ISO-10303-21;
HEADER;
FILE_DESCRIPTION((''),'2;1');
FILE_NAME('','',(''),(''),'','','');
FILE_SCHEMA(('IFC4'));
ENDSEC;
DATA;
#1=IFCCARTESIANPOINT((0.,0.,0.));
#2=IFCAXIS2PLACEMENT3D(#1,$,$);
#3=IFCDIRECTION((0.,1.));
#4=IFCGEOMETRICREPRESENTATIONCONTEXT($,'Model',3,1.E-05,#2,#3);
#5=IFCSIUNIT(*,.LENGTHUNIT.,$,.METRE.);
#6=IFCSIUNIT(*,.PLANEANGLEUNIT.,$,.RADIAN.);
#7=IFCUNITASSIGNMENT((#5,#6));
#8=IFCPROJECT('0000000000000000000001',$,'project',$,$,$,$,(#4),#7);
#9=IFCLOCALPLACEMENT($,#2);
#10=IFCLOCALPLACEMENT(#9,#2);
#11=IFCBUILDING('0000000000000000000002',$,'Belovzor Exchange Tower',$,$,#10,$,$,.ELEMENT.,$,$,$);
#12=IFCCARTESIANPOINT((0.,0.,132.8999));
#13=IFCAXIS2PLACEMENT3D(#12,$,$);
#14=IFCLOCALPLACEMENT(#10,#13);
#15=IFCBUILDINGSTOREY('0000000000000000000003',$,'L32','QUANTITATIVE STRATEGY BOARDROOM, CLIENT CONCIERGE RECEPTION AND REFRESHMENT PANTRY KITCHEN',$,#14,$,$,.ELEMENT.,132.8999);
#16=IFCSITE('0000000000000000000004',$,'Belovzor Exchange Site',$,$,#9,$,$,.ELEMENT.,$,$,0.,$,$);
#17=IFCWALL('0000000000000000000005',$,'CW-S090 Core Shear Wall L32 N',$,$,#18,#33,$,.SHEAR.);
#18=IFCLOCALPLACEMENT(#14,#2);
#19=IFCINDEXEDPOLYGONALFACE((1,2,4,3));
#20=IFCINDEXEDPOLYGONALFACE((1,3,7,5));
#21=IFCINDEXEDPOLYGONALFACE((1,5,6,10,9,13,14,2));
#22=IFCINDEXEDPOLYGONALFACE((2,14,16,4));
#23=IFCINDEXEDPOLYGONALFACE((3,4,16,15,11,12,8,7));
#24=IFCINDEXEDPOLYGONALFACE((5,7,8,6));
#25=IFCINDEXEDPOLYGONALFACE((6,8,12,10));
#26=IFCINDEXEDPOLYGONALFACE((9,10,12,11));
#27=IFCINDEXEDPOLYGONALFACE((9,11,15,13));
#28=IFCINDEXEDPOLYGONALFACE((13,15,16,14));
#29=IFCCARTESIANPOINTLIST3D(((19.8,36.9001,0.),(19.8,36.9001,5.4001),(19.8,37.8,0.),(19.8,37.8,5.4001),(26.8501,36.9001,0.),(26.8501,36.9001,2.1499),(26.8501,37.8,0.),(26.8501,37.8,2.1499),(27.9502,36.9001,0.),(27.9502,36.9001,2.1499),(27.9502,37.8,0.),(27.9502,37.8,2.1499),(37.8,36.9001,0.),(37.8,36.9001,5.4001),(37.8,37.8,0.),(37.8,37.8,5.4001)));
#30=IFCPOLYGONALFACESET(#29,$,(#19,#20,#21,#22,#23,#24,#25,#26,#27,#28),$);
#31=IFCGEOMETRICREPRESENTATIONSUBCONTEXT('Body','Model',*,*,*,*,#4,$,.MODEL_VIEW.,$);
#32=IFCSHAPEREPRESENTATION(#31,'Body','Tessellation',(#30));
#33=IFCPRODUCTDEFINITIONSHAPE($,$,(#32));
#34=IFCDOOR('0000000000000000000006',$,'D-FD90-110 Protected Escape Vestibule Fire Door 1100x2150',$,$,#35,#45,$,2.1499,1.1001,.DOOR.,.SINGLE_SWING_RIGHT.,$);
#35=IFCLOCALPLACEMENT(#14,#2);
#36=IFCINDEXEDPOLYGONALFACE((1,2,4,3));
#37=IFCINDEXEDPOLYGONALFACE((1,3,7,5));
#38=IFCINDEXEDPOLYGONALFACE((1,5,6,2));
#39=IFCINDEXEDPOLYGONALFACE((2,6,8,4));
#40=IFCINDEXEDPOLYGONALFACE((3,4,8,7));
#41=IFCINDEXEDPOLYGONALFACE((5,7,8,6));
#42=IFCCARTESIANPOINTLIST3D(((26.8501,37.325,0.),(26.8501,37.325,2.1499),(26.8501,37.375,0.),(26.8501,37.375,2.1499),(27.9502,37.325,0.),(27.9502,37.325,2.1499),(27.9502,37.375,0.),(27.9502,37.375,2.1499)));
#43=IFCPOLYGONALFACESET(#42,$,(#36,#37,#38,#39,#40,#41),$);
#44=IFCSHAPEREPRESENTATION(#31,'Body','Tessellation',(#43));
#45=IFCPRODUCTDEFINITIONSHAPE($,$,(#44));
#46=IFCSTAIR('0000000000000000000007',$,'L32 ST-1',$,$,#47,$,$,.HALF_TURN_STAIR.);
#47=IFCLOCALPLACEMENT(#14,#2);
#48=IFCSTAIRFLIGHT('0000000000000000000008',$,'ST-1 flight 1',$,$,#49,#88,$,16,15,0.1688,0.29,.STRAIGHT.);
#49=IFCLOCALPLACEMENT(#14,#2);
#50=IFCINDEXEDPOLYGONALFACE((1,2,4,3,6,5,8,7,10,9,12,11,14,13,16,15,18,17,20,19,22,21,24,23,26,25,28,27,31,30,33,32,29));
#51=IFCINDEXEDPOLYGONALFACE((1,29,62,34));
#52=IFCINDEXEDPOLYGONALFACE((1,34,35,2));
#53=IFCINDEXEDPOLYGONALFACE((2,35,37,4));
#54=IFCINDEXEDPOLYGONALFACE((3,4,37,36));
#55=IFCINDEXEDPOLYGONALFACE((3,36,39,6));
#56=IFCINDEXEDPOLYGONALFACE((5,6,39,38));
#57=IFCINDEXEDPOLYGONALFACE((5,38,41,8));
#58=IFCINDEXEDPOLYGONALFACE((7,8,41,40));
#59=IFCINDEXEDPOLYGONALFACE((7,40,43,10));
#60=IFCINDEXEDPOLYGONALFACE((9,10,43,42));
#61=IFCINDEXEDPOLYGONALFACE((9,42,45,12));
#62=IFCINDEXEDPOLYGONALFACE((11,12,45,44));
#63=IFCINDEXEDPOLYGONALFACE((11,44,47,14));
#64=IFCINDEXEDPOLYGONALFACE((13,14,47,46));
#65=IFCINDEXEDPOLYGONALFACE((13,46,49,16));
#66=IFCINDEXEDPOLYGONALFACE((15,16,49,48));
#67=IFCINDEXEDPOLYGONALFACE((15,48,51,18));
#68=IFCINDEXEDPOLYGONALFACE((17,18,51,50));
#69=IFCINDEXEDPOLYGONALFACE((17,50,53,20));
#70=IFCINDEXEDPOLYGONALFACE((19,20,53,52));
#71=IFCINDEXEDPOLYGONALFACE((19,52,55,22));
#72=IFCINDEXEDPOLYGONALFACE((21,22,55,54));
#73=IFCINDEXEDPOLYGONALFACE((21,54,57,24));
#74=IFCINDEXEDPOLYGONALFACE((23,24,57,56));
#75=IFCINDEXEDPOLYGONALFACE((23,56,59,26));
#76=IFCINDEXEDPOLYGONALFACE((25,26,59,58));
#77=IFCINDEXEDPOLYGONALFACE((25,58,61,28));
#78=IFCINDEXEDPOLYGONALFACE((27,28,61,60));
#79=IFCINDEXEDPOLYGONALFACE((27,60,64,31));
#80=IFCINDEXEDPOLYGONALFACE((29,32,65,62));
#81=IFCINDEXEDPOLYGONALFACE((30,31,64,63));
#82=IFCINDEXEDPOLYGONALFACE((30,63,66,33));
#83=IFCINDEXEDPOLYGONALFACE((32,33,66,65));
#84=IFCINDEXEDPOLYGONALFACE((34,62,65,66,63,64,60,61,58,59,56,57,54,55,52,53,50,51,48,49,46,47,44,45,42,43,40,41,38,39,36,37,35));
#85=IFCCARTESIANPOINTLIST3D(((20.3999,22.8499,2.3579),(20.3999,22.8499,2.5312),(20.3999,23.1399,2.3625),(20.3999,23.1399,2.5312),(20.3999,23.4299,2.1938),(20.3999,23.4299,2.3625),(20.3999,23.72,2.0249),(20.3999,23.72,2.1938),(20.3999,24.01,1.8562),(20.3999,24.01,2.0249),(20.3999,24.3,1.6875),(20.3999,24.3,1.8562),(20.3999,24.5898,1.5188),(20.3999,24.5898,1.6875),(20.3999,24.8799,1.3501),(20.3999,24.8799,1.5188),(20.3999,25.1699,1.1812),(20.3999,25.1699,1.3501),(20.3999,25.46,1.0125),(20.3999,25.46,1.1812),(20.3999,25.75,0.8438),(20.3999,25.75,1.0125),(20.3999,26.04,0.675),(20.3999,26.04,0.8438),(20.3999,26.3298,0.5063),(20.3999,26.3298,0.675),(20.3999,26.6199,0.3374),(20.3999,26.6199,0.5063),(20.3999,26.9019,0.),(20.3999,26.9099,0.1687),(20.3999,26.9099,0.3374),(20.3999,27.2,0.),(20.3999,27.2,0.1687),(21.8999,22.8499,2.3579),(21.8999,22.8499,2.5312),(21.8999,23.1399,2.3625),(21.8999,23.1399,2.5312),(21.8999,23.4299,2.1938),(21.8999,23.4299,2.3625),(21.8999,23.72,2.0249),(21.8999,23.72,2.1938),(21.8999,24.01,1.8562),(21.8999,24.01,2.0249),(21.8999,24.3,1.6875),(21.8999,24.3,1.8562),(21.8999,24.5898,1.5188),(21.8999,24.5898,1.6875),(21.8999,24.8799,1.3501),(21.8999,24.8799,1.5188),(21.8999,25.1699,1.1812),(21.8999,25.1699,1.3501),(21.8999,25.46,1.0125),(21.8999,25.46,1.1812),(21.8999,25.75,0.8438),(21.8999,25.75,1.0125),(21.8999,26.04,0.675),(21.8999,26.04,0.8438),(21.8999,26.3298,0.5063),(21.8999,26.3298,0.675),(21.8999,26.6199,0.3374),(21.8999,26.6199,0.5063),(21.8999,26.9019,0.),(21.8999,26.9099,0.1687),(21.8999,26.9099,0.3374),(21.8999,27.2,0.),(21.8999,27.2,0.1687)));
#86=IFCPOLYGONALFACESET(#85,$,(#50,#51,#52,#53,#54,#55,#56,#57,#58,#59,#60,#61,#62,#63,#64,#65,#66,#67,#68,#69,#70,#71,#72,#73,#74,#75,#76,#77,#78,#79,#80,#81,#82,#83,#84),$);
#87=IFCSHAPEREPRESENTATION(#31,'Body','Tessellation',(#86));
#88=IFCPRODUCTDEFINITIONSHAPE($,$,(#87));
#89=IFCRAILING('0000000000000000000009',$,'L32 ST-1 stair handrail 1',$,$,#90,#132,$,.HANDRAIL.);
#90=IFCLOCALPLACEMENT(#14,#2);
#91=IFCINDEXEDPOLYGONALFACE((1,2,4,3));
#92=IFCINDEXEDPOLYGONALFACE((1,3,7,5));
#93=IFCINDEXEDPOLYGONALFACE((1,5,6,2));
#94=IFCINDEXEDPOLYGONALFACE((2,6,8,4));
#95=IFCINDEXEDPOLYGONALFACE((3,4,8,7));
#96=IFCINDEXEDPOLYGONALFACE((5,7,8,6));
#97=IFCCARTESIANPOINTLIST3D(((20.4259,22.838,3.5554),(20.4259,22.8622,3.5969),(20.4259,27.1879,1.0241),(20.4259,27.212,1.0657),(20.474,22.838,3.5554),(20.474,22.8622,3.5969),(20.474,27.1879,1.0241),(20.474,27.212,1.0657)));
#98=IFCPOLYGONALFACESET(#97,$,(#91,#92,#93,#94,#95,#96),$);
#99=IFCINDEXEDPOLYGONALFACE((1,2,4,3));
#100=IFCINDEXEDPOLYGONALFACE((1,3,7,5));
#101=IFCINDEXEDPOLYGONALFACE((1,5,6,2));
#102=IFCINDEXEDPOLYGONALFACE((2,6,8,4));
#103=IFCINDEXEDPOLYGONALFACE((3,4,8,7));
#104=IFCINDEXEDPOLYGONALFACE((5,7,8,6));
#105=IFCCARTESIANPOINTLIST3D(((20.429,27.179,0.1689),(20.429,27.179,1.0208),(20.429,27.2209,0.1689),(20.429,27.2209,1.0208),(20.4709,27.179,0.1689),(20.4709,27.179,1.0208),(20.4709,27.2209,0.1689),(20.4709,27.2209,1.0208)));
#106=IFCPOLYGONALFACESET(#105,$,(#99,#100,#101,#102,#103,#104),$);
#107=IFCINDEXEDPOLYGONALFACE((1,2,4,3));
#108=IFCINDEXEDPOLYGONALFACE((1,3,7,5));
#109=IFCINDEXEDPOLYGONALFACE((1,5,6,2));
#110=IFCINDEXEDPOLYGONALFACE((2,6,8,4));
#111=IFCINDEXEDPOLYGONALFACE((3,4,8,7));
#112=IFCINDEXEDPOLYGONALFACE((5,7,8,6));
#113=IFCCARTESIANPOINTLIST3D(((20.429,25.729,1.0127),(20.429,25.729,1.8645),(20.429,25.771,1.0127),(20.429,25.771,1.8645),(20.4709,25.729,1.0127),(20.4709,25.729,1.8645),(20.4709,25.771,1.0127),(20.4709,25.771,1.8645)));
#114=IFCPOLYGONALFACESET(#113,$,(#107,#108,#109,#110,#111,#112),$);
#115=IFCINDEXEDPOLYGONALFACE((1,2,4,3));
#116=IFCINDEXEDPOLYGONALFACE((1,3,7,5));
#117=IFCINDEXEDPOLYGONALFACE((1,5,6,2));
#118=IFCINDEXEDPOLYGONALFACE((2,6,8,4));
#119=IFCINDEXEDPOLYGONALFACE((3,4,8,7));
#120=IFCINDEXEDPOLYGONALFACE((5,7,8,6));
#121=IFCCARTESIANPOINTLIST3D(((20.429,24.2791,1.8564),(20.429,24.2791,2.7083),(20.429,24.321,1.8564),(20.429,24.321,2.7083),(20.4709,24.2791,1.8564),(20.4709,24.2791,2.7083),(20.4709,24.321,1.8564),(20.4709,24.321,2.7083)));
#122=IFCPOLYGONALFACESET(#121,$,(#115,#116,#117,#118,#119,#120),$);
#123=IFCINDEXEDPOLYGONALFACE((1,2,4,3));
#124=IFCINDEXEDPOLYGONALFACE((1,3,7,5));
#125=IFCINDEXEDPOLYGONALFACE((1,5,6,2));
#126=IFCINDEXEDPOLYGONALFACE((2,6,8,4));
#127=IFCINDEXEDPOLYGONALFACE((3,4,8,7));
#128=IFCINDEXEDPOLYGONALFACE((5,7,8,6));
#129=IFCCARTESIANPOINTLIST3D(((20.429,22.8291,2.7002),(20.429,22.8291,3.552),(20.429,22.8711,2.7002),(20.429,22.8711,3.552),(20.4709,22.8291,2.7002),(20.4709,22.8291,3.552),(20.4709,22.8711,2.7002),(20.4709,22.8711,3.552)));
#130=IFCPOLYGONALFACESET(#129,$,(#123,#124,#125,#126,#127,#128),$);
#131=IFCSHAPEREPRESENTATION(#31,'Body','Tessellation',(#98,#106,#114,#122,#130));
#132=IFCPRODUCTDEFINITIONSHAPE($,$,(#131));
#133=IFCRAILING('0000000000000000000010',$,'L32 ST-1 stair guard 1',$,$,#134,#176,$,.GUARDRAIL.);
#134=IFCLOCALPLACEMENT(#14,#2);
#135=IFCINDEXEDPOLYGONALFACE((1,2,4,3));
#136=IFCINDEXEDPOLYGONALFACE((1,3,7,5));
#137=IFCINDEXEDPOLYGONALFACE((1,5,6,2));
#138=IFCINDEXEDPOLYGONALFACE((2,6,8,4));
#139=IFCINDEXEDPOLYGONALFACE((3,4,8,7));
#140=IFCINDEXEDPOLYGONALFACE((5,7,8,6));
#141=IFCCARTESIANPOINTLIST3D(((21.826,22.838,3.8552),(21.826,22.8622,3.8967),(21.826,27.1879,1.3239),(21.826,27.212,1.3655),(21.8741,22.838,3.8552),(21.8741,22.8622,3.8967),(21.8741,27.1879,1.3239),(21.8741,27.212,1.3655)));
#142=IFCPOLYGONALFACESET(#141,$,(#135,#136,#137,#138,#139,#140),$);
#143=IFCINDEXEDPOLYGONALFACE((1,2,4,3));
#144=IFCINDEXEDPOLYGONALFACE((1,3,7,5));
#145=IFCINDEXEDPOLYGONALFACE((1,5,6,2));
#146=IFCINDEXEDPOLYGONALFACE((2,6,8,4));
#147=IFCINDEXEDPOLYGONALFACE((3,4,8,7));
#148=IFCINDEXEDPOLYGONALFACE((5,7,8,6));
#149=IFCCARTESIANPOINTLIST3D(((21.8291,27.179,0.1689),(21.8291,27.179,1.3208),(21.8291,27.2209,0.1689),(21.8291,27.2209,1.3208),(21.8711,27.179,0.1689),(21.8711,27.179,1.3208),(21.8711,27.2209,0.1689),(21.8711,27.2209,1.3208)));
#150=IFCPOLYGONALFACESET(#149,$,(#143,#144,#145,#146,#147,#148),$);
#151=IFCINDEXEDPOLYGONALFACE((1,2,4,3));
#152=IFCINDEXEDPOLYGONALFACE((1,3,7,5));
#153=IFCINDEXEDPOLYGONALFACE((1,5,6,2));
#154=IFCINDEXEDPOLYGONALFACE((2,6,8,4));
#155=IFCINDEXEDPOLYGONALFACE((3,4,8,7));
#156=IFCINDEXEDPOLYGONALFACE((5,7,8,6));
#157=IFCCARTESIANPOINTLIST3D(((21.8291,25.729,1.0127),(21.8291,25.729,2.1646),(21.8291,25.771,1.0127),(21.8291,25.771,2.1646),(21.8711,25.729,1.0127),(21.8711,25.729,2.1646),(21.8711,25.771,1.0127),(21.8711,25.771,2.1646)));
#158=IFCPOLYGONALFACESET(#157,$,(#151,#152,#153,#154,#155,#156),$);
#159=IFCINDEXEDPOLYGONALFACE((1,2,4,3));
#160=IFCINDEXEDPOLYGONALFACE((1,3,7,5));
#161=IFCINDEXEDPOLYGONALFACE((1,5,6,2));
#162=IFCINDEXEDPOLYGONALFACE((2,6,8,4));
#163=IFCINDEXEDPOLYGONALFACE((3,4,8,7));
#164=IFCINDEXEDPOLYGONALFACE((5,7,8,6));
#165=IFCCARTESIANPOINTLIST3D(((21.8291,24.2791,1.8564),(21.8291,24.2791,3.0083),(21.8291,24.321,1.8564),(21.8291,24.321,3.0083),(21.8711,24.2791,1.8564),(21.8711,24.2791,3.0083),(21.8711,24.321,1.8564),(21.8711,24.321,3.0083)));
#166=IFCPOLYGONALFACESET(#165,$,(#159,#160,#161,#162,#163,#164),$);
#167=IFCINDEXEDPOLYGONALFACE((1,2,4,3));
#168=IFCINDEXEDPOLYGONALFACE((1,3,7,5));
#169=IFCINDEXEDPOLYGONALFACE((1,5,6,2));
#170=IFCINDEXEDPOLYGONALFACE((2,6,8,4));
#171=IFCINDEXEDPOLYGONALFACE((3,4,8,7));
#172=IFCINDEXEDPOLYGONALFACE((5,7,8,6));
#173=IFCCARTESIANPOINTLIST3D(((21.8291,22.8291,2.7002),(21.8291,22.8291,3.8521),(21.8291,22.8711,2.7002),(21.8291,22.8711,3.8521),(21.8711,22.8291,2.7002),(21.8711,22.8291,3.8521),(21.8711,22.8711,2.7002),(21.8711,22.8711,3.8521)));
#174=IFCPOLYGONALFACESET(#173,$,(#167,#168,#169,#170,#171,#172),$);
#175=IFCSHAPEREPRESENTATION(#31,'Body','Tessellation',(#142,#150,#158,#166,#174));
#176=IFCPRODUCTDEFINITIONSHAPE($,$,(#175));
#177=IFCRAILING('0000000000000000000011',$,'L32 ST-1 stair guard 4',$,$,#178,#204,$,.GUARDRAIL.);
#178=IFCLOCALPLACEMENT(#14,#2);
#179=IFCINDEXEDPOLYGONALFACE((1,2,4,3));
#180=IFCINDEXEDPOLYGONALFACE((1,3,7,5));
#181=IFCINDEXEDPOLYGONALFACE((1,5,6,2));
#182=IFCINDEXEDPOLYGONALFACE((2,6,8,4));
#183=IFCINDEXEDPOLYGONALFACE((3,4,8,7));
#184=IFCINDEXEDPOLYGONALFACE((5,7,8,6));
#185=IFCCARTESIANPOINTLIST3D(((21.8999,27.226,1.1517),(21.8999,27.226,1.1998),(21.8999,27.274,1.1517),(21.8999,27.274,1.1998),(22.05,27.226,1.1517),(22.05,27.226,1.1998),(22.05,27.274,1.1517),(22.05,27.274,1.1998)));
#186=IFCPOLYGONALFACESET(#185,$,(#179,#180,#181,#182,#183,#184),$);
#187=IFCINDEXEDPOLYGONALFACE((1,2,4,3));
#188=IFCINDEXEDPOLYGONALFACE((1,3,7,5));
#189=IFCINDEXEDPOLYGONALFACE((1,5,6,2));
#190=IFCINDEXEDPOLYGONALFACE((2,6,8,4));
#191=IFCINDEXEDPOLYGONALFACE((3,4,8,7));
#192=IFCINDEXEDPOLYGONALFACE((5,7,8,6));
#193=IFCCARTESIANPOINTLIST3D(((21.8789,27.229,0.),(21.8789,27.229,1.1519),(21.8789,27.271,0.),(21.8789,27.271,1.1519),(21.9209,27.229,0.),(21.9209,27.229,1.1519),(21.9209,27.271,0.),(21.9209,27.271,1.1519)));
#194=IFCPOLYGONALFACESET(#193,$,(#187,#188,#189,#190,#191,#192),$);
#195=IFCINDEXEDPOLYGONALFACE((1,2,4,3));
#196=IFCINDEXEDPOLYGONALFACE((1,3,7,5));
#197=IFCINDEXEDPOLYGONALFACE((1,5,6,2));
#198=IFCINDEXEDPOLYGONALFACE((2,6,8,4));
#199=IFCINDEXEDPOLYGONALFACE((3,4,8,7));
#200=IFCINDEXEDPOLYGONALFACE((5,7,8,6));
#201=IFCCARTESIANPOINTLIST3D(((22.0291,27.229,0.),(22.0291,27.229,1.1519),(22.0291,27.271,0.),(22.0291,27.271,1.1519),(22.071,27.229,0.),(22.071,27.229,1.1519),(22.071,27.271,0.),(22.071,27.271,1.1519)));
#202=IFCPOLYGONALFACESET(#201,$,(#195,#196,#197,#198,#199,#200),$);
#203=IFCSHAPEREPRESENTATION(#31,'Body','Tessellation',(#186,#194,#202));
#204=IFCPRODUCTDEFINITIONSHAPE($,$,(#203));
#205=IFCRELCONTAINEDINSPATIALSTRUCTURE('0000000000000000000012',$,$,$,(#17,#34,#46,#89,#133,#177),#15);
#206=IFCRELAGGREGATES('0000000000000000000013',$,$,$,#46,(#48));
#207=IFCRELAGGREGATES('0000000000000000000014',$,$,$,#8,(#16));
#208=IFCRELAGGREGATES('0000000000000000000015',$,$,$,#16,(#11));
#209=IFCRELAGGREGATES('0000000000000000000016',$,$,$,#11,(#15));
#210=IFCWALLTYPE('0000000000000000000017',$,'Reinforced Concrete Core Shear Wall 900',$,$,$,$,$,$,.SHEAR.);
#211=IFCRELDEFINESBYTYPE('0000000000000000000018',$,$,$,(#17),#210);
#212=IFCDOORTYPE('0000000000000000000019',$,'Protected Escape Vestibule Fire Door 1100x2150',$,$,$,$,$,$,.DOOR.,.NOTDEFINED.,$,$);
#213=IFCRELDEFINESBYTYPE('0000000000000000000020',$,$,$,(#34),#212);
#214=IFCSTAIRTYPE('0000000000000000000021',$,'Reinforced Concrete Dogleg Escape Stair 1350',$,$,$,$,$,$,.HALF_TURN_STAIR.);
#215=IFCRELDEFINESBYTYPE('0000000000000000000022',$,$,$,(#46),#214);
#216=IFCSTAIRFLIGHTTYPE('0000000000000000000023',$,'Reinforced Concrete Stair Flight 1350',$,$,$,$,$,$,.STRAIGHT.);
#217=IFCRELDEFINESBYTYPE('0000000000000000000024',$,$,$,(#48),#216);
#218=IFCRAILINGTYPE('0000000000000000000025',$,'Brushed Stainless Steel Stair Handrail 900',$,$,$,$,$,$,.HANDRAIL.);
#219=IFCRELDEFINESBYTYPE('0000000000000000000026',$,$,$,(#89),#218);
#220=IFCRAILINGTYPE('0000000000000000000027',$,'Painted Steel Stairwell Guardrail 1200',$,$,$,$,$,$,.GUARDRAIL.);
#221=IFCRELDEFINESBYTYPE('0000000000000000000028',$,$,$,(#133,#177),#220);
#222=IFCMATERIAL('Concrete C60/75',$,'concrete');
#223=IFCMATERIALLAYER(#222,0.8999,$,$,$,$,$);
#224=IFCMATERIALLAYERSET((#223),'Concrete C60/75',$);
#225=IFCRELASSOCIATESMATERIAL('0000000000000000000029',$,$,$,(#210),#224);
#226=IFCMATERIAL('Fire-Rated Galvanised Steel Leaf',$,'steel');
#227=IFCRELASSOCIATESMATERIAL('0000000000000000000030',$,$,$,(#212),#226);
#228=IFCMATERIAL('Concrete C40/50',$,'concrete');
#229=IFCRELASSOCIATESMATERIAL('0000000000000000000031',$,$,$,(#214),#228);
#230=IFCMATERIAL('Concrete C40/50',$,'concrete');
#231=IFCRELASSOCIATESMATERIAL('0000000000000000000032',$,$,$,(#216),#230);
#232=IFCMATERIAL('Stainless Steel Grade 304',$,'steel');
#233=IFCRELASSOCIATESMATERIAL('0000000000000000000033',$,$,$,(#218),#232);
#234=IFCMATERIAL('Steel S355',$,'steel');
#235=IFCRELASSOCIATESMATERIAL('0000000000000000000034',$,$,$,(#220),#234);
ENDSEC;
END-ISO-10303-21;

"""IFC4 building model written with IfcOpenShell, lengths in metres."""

from ifc_helpers import new_model, si_unit, direction, frame, frame_2d, origin, origin_2d, place, context, subcontext, project, spatial, polyline, rectangle, outline, extrude, material, layer, layer_set, type_object, element, fill, aggregate, save


model = new_model("IFC4")

# Units and contexts
model_context = context("Model", 3, precision=1e-05, world=origin(), true_north=direction((0.0, 1.0)))
body_context = subcontext(model_context, "Body", "Model", "MODEL_VIEW")
ifc_project = project(units=[si_unit("LENGTHUNIT", "METRE"), si_unit("PLANEANGLEUNIT", "RADIAN")], contexts=[model_context])

# Site, building, storey
site_placement = place(None, origin())
site = spatial("IfcSite", under=ifc_project, at=site_placement, Name="Belovzor Exchange Site", CompositionType="ELEMENT", RefElevation=0.0)
building_placement = place(site_placement, origin())
building = spatial("IfcBuilding", under=site, at=building_placement, Name="Belovzor Exchange Tower", CompositionType="ELEMENT")
storey_placement = place(building_placement, frame((0.0, 0.0, 132.8999)))
storey = spatial("IfcBuildingStorey", under=building, at=storey_placement, Name="L32", Description="QUANTITATIVE STRATEGY BOARDROOM, CLIENT CONCIERGE RECEPTION AND REFRESHMENT PANTRY KITCHEN", CompositionType="ELEMENT", Elevation=132.8999)

# Wall, opening, door
ifc_material_1 = material(Name="Concrete C60/75", Category="concrete")
ifc_layer_1 = layer(ifc_material_1, 0.8999)
ifc_layer_set_1 = layer_set([ifc_layer_1], Name="Concrete C60/75")
wall_type_1 = type_object("IfcWallType", Name="Reinforced Concrete Core Shear Wall 900", PredefinedType="SHEAR", material=ifc_layer_set_1)
wall_1_placement = place(storey_placement, frame((19.8, 37.3501, 0.0), z_axis=(0.0, 0.0, 1.0), x_axis=(1.0, 0.0, 0.0)))
wall_1 = element("IfcWall", 1, at=wall_1_placement, inside=storey, type_object=wall_type_1, Name="CW-S090 Core Shear Wall L32 N", PredefinedType="SHEAR", context=body_context, shape_type="SweptSolid", body=[
    extrude(rectangle(XDim=18.0, YDim=0.8999, at=frame_2d((9.0, 0.0))), origin(), (0.0, 0.0, 1.0), 5.4001),
])
opening_1_placement = place(wall_1_placement, frame((7.05, 0.0, 0.0)))
opening_1 = element("IfcOpeningElement", 2, at=opening_1_placement, cuts=wall_1, PredefinedType="OPENING", context=body_context, shape_type="SweptSolid", body=[
    extrude(rectangle(XDim=1.1001, YDim=2.1499, at=frame_2d((0.55, 1.075))), frame((0.0, 0.46, 0.0), z_axis=(0.0, -1.0, 0.0), x_axis=(1.0, 0.0, 0.0)), (0.0, 0.0, 1.0), 0.9199),
])
ifc_material_2 = material(Name="Fire-Rated Galvanised Steel Leaf", Category="steel")
door_type_1 = type_object("IfcDoorType", Name="Protected Escape Vestibule Fire Door 1100x2150", OperationType="NOTDEFINED", PredefinedType="DOOR", material=ifc_material_2)
door_1_placement = place(opening_1_placement, origin())
door_1 = element("IfcDoor", 3, at=door_1_placement, inside=storey, type_object=door_type_1, Name="D-FD90-110 Protected Escape Vestibule Fire Door 1100x2150", OperationType="SINGLE_SWING_RIGHT", OverallHeight=2.1499, OverallWidth=1.1001, PredefinedType="DOOR", context=body_context, shape_type="SweptSolid", body=[
    extrude(rectangle(XDim=1.1001, YDim=2.1499, at=frame_2d((0.55, 1.075))), frame((0.0, 0.0249, 0.0), z_axis=(0.0, -1.0, 0.0), x_axis=(1.0, 0.0, 0.0)), (0.0, 0.0, 1.0), 0.05),
])
fill(opening_1, door_1)

# Stair, stair flight
ifc_material_3 = material(Name="Concrete C40/50", Category="concrete")
stair_type = type_object("IfcStairType", Name="Reinforced Concrete Dogleg Escape Stair 1350", PredefinedType="HALF_TURN_STAIR", material=ifc_material_3)
stair_placement = place(storey_placement, origin())
stair = element("IfcStair", 4, at=stair_placement, inside=storey, type_object=stair_type, Name="L32 ST-1", PredefinedType="HALF_TURN_STAIR")
ifc_material_4 = material(Name="Concrete C40/50", Category="concrete")
stair_flight_type = type_object("IfcStairFlightType", Name="Reinforced Concrete Stair Flight 1350", PredefinedType="STRAIGHT", material=ifc_material_4)
stair_flight_placement = place(storey_placement, frame((21.1499, 27.2, 0.0), z_axis=(0.0, 0.0, 1.0), x_axis=(0.0, -1.0, 0.0)))
stair_flight = element("IfcStairFlight", 5, at=stair_flight_placement, type_object=stair_flight_type, Name="ST-1 flight 1", NumberOfRisers=16, NumberOfTreads=15, PredefinedType="STRAIGHT", RiserHeight=0.1688, TreadLength=0.29, context=body_context, shape_type="SweptSolid", body=[
    extrude(outline(polyline([(0.0, 0.0), (0.0, 0.1687), (0.29, 0.1687), (0.29, 0.3374), (0.5801, 0.3374), (0.5801, 0.5063), (0.8701, 0.5063), (0.8701, 0.675), (1.1599, 0.675), (1.1599, 0.8438), (1.45, 0.8438), (1.45, 1.0125), (1.74, 1.0125), (1.74, 1.1812), (2.03, 1.1812), (2.03, 1.3501), (2.3201, 1.3501), (2.3201, 1.5188), (2.6101, 1.5188), (2.6101, 1.6875), (2.8999, 1.6875), (2.8999, 1.8562), (3.1899, 1.8562), (3.1899, 2.0249), (3.48, 2.0249), (3.48, 2.1938), (3.77, 2.1938), (3.77, 2.3625), (4.0601, 2.3625), (4.0601, 2.5312), (4.3501, 2.5312), (4.3501, 2.7), (4.3501, 2.3579), (0.2981, 0.0), (0.0, 0.0)])), frame((0.0, 0.75, 0.0), z_axis=(0.0, -1.0, 0.0), x_axis=(1.0, 0.0, 0.0)), (0.0, 0.0, 1.0), 1.5),
])
aggregate(stair, [stair_flight])

# Railings
ifc_material_5 = material(Name="Stainless Steel Grade 304", Category="steel")
railing_type_1 = type_object("IfcRailingType", Name="Brushed Stainless Steel Stair Handrail 900", PredefinedType="HANDRAIL", material=ifc_material_5)
railing_1_placement = place(storey_placement, frame((20.45, 27.2, 0.1689)))
element("IfcRailing", 6, at=railing_1_placement, inside=storey, type_object=railing_type_1, Name="L32 ST-1 stair handrail 1", PredefinedType="HANDRAIL", context=body_context, shape_type="SweptSolid", body=[
    extrude(rectangle(XDim=0.0481, YDim=0.0481, at=origin_2d()), frame((0.0, 0.0, 0.876), z_axis=(0.0, -0.864312, 0.502957), x_axis=(1.0, 0.0, 0.0)), (0.0, 0.0, 1.0), 5.0327),
    extrude(rectangle(XDim=0.042, YDim=0.042, at=origin_2d()), origin(), (0.0, 0.0, 1.0), 0.8518),
    extrude(rectangle(XDim=0.042, YDim=0.042, at=origin_2d()), frame((0.0, -1.45, 0.8438)), (0.0, 0.0, 1.0), 0.8518),
    extrude(rectangle(XDim=0.042, YDim=0.042, at=origin_2d()), frame((0.0, -2.8999, 1.6875)), (0.0, 0.0, 1.0), 0.8518),
    extrude(rectangle(XDim=0.042, YDim=0.042, at=origin_2d()), frame((0.0, -4.3499, 2.5312)), (0.0, 0.0, 1.0), 0.8518),
])
ifc_material_6 = material(Name="Steel S355", Category="steel")
railing_type_2 = type_object("IfcRailingType", Name="Painted Steel Stairwell Guardrail 1200", PredefinedType="GUARDRAIL", material=ifc_material_6)
railing_2_placement = place(storey_placement, frame((21.8501, 27.2, 0.1689)))
element("IfcRailing", 7, at=railing_2_placement, inside=storey, type_object=railing_type_2, Name="L32 ST-1 stair guard 1", PredefinedType="GUARDRAIL", context=body_context, shape_type="SweptSolid", body=[
    extrude(rectangle(XDim=0.0481, YDim=0.0481, at=origin_2d()), frame((0.0, 0.0, 1.1758), z_axis=(0.0, -0.864312, 0.502957), x_axis=(1.0, 0.0, 0.0)), (0.0, 0.0, 1.0), 5.0327),
    extrude(rectangle(XDim=0.042, YDim=0.042, at=origin_2d()), origin(), (0.0, 0.0, 1.0), 1.1519),
    extrude(rectangle(XDim=0.042, YDim=0.042, at=origin_2d()), frame((0.0, -1.45, 0.8438)), (0.0, 0.0, 1.0), 1.1519),
    extrude(rectangle(XDim=0.042, YDim=0.042, at=origin_2d()), frame((0.0, -2.8999, 1.6875)), (0.0, 0.0, 1.0), 1.1519),
    extrude(rectangle(XDim=0.042, YDim=0.042, at=origin_2d()), frame((0.0, -4.3499, 2.5312)), (0.0, 0.0, 1.0), 1.1519),
])
railing_3_placement = place(storey_placement, frame((21.8999, 27.25, 0.0)))
element("IfcRailing", 8, at=railing_3_placement, inside=storey, type_object=railing_type_2, Name="L32 ST-1 stair guard 4", PredefinedType="GUARDRAIL", context=body_context, shape_type="SweptSolid", body=[
    extrude(rectangle(XDim=0.0481, YDim=0.0481, at=origin_2d()), frame((0.0, 0.0, 1.1758), z_axis=(1.0, 0.0, 0.0), x_axis=(0.0, 1.0, 0.0)), (0.0, 0.0, 1.0), 0.1501),
    extrude(rectangle(XDim=0.042, YDim=0.042, at=origin_2d()), origin(), (0.0, 0.0, 1.0), 1.1519),
    extrude(rectangle(XDim=0.042, YDim=0.042, at=origin_2d()), frame((0.1501, 0.0, 0.0)), (0.0, 0.0, 1.0), 1.1519),
])

save(model, "model.ifc")
